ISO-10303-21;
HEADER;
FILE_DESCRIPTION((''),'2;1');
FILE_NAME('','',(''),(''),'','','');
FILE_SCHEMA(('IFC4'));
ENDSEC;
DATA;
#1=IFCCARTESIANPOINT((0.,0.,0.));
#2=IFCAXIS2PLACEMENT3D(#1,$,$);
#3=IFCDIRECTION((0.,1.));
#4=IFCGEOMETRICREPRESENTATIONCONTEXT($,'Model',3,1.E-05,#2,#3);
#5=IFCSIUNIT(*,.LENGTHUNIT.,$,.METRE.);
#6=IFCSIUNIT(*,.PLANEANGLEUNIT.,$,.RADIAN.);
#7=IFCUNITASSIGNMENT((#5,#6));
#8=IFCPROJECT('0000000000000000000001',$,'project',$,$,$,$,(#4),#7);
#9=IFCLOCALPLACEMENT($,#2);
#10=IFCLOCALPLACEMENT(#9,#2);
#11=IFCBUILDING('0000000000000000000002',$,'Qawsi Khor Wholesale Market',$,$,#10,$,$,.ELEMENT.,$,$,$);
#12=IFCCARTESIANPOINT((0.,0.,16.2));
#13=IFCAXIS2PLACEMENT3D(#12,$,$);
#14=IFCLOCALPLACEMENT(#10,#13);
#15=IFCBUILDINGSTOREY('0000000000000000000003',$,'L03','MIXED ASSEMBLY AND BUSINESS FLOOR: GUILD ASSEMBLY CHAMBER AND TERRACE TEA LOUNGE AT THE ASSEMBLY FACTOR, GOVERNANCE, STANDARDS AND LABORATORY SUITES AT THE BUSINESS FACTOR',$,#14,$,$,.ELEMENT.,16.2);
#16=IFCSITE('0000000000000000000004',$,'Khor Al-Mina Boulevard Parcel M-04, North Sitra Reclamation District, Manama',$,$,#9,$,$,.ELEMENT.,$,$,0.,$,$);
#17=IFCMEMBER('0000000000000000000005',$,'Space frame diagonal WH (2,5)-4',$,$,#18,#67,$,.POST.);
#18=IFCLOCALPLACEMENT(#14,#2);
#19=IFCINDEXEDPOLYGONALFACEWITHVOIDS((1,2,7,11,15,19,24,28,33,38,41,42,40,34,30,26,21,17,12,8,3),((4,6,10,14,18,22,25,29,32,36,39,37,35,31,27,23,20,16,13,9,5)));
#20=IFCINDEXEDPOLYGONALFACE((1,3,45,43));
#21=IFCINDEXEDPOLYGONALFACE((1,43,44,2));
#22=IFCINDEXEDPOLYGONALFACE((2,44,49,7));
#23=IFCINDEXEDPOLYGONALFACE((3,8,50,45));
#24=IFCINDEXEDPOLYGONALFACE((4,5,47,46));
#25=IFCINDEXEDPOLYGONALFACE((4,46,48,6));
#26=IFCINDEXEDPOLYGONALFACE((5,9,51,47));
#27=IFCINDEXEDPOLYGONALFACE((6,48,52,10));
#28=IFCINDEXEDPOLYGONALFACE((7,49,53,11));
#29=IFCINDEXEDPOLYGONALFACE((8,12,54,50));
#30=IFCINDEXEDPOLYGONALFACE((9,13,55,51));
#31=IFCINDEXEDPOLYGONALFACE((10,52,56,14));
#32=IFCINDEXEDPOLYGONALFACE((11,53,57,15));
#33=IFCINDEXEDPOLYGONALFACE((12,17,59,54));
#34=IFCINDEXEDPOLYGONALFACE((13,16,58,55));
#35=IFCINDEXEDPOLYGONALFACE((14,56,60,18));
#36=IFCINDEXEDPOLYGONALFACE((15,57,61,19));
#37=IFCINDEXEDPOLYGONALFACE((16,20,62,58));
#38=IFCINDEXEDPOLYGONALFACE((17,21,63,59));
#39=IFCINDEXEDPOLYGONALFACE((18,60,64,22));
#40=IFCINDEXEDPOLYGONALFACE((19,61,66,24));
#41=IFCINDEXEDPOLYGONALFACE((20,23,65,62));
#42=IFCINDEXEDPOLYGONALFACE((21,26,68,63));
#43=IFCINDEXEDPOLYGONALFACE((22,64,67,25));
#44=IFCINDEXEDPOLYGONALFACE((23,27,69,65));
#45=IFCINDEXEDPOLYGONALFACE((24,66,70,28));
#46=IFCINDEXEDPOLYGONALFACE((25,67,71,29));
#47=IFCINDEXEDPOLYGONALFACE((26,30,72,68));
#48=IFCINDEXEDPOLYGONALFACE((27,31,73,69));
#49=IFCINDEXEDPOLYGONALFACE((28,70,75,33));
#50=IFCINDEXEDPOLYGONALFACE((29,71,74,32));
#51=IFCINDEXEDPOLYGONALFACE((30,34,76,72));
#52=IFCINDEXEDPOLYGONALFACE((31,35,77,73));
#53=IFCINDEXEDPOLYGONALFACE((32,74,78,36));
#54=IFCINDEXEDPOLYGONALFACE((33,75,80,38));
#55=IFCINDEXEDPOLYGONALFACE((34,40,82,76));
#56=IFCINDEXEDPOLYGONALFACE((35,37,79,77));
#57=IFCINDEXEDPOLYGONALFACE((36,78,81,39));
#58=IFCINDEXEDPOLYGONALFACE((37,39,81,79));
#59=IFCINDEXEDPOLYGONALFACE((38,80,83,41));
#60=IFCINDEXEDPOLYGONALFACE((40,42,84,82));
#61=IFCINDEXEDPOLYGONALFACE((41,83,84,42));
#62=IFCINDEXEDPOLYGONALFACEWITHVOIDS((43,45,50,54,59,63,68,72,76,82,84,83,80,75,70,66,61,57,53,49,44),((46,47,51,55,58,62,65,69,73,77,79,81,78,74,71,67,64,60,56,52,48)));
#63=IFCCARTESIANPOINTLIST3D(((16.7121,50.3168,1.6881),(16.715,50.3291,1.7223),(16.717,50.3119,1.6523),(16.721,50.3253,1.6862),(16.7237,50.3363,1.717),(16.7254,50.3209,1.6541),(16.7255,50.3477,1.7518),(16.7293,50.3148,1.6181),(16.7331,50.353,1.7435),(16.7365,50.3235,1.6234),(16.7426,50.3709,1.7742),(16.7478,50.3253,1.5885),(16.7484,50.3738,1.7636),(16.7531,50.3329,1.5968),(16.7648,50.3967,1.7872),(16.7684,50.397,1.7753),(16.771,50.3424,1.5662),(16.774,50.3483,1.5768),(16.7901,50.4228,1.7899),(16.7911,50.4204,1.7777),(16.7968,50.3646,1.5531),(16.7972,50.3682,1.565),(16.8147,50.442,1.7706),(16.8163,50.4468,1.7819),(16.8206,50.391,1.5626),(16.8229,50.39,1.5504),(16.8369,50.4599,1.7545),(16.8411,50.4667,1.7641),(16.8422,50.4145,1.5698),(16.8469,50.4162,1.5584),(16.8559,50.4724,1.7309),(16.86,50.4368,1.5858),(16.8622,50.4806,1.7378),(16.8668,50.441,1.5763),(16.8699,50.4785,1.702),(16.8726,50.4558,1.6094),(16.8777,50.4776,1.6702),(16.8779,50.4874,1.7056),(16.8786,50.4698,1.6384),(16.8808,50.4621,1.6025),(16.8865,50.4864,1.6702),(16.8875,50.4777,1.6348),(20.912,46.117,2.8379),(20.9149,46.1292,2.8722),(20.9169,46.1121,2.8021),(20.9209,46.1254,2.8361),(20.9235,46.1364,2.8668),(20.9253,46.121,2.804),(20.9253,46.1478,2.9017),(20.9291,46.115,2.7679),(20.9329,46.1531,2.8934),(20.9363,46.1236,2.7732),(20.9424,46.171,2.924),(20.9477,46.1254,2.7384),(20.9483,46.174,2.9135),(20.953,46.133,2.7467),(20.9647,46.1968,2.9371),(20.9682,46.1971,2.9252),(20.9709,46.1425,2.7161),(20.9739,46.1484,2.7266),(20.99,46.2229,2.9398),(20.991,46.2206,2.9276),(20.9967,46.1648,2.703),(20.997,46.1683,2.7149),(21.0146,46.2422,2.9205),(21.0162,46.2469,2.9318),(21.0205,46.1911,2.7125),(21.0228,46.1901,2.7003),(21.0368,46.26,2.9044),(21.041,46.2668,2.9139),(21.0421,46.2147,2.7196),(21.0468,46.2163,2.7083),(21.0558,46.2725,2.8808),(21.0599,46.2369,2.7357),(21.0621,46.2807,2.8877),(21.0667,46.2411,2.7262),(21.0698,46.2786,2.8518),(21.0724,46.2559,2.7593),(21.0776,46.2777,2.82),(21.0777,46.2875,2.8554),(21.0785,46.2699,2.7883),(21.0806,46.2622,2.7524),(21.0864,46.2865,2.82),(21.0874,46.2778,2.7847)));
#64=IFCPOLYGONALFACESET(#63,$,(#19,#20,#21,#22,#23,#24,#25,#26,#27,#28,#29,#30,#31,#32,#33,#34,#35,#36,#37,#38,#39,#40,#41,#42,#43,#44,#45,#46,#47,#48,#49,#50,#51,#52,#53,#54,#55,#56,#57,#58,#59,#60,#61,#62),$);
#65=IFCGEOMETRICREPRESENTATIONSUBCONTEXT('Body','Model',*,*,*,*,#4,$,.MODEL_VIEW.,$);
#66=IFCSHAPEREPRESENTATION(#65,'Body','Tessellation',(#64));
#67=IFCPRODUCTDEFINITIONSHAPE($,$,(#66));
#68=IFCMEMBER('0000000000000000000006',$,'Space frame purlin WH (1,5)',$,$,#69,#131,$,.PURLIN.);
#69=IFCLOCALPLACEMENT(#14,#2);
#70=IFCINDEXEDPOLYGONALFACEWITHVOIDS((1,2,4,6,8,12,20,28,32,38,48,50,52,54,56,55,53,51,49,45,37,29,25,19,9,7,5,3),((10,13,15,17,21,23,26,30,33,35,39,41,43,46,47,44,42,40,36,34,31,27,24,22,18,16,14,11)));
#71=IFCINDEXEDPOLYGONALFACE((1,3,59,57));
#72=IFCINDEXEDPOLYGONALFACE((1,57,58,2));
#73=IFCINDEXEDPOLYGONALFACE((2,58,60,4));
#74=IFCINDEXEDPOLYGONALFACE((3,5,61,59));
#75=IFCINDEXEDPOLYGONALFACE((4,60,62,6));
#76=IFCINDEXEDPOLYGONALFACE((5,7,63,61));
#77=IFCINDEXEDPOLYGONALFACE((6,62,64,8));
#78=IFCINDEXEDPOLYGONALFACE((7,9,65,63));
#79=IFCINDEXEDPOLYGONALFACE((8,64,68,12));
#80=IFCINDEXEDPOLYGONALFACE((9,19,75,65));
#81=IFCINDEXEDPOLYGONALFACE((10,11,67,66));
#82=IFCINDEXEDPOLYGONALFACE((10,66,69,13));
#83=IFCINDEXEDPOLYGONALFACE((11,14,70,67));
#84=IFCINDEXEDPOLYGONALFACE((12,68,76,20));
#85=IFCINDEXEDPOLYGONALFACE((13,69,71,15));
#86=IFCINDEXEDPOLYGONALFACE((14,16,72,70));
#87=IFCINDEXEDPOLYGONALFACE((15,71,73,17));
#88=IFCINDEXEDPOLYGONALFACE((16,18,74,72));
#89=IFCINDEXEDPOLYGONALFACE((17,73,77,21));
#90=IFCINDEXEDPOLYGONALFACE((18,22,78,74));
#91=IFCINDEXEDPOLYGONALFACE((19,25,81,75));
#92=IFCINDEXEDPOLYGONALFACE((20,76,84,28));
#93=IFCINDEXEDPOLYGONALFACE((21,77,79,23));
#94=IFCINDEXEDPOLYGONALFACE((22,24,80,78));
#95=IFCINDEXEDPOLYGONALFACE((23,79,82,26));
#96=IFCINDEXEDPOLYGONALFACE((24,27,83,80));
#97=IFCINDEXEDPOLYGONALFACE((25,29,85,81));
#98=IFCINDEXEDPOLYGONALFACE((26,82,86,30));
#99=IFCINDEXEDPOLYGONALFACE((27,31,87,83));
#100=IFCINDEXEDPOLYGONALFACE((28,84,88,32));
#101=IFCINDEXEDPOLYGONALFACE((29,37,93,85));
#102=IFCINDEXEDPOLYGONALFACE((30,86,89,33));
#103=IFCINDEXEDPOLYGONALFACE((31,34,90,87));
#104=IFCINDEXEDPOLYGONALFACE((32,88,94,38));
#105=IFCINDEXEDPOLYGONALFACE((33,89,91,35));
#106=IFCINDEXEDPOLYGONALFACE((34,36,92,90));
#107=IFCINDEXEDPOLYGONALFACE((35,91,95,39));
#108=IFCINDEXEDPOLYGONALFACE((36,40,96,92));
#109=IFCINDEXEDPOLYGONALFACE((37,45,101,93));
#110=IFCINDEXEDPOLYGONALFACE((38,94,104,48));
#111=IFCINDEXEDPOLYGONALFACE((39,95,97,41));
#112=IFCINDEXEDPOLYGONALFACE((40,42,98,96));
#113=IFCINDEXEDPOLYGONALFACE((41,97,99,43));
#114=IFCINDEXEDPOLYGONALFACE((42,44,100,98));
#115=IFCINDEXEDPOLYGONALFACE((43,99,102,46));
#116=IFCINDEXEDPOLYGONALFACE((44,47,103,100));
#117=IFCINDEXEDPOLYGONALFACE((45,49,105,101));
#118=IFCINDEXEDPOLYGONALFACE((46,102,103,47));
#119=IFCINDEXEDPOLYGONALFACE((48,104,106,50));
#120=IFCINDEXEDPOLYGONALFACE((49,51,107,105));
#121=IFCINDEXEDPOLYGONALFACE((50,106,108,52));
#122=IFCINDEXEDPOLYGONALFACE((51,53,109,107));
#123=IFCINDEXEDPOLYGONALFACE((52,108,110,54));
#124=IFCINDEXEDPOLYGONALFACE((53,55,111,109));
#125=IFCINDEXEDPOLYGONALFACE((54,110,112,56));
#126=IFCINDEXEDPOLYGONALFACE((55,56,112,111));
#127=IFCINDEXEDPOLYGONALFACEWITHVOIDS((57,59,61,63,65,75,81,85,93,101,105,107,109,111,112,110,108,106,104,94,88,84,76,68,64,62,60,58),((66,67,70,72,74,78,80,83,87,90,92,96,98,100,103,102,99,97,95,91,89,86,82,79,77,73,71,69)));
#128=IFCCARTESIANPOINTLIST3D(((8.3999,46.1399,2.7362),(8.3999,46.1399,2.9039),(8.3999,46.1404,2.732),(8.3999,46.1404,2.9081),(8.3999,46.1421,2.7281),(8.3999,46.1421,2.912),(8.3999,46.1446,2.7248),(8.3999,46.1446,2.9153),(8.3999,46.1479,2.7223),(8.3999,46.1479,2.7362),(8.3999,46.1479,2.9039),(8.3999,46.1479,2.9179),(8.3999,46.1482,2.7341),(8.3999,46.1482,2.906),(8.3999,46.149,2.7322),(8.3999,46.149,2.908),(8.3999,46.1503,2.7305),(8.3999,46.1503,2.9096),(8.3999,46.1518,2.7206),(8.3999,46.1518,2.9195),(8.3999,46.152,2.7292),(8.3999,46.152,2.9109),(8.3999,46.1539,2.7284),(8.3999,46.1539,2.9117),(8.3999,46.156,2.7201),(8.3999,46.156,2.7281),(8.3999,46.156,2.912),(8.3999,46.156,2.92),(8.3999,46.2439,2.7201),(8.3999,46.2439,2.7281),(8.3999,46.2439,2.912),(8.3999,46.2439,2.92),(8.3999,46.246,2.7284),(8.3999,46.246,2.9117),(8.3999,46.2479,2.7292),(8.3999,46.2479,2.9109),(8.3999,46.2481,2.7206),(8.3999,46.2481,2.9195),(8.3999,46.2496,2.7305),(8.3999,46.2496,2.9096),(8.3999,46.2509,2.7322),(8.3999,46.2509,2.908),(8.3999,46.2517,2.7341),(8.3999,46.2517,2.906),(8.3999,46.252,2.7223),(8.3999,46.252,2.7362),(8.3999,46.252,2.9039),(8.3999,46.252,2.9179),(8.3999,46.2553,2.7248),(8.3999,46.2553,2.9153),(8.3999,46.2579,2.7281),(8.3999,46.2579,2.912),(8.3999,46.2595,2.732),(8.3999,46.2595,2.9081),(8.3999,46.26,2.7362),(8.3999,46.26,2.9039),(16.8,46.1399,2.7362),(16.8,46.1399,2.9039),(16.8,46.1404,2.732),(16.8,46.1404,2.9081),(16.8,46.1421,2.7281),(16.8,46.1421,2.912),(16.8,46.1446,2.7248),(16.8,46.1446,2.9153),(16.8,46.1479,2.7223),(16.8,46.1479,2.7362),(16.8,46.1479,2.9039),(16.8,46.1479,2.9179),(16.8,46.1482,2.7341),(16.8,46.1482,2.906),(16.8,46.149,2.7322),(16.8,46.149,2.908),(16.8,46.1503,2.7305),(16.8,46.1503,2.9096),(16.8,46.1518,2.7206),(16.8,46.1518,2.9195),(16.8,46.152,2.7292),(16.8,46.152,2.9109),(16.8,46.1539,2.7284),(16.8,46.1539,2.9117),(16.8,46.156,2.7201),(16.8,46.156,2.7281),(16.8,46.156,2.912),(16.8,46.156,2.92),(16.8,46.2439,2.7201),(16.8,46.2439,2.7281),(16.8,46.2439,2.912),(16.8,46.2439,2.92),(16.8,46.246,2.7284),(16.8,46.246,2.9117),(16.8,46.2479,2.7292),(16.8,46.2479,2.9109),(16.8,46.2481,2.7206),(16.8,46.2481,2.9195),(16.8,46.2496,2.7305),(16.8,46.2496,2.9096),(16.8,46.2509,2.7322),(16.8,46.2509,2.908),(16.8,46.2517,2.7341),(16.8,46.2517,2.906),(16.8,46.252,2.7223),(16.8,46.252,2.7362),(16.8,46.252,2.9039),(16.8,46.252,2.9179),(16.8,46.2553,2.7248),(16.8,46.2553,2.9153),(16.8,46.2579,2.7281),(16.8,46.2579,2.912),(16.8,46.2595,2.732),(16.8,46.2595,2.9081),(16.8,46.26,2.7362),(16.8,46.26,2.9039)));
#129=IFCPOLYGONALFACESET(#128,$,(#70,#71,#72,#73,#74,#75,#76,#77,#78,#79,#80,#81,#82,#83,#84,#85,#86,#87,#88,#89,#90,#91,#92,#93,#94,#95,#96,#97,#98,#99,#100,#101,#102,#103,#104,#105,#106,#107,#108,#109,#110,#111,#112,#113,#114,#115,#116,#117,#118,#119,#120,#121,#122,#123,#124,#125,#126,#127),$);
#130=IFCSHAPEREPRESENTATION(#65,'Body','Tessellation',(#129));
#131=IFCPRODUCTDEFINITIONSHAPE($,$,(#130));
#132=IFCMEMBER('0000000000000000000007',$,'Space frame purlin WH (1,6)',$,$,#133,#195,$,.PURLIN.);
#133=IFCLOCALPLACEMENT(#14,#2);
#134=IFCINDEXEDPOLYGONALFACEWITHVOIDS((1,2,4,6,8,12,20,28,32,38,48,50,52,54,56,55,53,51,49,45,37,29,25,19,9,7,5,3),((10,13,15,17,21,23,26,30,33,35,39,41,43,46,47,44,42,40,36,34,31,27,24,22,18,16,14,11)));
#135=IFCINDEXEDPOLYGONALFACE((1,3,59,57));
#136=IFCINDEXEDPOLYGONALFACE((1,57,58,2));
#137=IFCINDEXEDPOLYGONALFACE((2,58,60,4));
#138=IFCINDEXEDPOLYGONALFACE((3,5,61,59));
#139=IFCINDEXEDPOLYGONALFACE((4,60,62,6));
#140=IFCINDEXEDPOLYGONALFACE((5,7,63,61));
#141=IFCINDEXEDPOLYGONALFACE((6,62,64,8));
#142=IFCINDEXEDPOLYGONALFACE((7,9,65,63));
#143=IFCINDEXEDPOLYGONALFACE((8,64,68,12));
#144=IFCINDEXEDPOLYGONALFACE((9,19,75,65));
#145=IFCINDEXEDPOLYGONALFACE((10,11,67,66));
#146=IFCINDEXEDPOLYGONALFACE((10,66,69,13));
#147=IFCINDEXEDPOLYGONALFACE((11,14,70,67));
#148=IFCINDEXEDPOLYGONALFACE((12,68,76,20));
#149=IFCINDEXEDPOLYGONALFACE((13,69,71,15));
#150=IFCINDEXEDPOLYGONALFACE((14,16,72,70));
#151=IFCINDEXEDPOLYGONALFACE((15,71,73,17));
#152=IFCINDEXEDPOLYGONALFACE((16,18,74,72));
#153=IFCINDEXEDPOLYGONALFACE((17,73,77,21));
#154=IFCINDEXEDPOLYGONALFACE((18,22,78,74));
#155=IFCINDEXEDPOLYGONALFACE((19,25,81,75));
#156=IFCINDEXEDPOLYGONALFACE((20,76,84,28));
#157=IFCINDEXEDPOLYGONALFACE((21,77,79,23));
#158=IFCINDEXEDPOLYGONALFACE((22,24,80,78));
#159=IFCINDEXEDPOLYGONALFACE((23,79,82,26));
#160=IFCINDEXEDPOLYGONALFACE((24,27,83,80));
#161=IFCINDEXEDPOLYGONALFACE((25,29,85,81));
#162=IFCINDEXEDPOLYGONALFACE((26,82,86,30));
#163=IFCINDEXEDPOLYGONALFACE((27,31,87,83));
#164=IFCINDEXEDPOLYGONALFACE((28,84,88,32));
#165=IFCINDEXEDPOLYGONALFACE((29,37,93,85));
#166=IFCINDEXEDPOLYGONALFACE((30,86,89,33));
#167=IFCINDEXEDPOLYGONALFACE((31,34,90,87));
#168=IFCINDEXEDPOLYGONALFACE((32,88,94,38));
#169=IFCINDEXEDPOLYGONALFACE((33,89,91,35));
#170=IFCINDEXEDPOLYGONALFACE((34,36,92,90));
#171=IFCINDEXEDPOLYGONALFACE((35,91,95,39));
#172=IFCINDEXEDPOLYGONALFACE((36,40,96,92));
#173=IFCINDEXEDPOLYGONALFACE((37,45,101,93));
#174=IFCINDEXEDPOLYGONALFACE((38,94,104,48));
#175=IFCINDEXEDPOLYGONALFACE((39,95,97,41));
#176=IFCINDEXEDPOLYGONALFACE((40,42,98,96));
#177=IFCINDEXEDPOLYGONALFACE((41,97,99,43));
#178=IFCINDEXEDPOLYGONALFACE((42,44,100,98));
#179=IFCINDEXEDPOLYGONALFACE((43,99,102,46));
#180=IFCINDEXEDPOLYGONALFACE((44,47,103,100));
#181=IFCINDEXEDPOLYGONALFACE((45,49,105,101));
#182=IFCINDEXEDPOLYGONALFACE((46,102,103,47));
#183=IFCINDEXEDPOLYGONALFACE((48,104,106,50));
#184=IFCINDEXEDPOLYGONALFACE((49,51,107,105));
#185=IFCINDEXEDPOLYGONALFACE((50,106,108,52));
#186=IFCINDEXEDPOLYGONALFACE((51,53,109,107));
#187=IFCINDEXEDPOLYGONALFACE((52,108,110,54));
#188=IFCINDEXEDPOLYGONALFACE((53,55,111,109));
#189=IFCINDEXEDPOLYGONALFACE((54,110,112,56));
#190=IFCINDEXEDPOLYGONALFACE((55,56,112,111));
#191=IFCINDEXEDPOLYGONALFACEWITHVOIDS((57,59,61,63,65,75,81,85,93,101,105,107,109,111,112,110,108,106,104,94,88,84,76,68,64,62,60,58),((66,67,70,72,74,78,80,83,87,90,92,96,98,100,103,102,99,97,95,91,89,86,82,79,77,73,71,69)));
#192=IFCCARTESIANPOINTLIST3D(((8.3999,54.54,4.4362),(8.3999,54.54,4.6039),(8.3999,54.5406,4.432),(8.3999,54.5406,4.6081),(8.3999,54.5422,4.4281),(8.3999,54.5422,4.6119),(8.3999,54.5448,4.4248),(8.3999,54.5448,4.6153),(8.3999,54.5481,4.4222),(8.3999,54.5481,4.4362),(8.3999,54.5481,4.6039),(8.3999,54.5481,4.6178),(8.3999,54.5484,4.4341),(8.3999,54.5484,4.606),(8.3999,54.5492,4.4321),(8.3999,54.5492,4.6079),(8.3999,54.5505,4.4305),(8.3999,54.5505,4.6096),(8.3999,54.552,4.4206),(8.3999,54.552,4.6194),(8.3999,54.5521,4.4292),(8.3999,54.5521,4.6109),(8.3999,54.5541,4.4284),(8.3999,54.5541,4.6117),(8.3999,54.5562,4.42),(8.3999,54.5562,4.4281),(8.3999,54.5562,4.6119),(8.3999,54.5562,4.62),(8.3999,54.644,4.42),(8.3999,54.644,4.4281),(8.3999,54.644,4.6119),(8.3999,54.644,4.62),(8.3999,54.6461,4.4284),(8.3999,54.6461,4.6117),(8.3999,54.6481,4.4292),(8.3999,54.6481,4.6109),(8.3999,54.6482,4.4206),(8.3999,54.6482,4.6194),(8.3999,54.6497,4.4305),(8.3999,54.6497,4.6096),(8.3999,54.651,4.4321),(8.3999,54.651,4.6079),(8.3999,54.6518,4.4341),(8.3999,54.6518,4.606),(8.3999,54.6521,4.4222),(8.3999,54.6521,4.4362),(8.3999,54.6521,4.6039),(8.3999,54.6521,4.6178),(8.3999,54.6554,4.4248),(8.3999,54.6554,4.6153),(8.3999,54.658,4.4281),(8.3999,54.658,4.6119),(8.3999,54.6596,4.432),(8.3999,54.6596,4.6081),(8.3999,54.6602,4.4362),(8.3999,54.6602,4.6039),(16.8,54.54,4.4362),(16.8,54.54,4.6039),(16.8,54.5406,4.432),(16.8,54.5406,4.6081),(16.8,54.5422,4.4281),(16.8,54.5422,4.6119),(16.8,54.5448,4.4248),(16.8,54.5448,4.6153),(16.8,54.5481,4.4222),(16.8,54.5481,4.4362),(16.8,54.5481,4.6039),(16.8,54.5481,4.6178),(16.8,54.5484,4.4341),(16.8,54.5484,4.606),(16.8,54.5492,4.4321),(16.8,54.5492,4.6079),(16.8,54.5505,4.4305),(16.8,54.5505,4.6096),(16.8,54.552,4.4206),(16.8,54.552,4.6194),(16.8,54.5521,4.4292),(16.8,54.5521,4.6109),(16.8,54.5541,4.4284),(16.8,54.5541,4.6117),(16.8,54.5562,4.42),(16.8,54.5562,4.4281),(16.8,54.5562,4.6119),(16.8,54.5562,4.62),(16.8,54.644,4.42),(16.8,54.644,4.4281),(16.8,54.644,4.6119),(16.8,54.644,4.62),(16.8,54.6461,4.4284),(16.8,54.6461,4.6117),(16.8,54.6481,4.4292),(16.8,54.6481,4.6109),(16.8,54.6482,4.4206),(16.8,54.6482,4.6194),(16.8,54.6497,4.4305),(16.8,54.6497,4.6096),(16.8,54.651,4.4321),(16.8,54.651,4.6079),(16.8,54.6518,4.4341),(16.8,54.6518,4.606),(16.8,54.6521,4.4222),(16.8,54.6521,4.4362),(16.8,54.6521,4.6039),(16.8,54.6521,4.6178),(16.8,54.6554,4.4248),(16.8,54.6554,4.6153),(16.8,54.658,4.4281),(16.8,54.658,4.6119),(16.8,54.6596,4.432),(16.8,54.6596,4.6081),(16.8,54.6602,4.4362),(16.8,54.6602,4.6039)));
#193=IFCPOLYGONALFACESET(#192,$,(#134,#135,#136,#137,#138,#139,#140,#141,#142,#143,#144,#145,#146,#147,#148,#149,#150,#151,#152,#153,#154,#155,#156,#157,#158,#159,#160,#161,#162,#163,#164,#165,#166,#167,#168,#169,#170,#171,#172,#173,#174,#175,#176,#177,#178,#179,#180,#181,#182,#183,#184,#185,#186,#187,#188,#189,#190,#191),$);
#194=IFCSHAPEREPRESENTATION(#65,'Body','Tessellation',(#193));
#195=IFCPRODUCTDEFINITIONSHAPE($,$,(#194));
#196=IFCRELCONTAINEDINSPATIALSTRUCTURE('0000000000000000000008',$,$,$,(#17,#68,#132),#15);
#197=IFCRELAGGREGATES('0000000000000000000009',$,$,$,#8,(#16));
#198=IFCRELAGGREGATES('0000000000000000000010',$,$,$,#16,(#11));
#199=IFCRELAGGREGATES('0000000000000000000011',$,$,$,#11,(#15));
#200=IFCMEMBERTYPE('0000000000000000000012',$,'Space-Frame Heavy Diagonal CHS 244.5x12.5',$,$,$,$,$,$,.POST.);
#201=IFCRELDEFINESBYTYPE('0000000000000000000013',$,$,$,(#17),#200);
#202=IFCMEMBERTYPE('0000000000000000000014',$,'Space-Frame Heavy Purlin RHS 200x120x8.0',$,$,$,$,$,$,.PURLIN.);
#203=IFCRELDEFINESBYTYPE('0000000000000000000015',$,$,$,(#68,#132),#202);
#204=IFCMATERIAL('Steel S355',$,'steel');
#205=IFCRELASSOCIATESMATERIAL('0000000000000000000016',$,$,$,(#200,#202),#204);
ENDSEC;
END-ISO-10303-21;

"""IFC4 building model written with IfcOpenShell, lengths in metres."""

from ifc_helpers import new_model, si_unit, direction, frame, origin, origin_2d, place, context, subcontext, project, spatial, hollow_rectangle, hollow_circle, extrude, material, material_profile, profile_set, type_object, element, save


model = new_model("IFC4")

# Units and contexts
model_context = context("Model", 3, precision=1e-05, world=origin(), true_north=direction((0.0, 1.0)))
body_context = subcontext(model_context, "Body", "Model", "MODEL_VIEW")
ifc_project = project(units=[si_unit("LENGTHUNIT", "METRE"), si_unit("PLANEANGLEUNIT", "RADIAN")], contexts=[model_context])

# Site, building, storey
site_placement = place(None, origin())
site = spatial("IfcSite", under=ifc_project, at=site_placement, Name="Khor Al-Mina Boulevard Parcel M-04, North Sitra Reclamation District, Manama", CompositionType="ELEMENT", RefElevation=0.0)
building_placement = place(site_placement, origin())
building = spatial("IfcBuilding", under=site, at=building_placement, Name="Qawsi Khor Wholesale Market", CompositionType="ELEMENT")
storey_placement = place(building_placement, frame((0.0, 0.0, 16.2)))
storey = spatial("IfcBuildingStorey", under=building, at=storey_placement, Name="L03", Description="MIXED ASSEMBLY AND BUSINESS FLOOR: GUILD ASSEMBLY CHAMBER AND TERRACE TEA LOUNGE AT THE ASSEMBLY FACTOR, GOVERNANCE, STANDARDS AND LABORATORY SUITES AT THE BUSINESS FACTOR", CompositionType="ELEMENT", Elevation=16.2)

# Members
ifc_material_1 = material(Name="Steel S355", Category="steel")
ifc_material_profile_1 = material_profile(ifc_material_1, hollow_circle(Radius=0.1223, WallThickness=0.0125, at=origin_2d()), Name="CHS 244.5x12.5")
ifc_profile_set_1 = profile_set([ifc_material_profile_1], Name="Steel S355")
member_type_1 = type_object("IfcMemberType", Name="Space-Frame Heavy Diagonal CHS 244.5x12.5", PredefinedType="POST", material=ifc_profile_set_1)
member_1_placement = place(storey_placement, frame((16.8, 50.3999, 1.6702), z_axis=(0.694217, -0.694217, 0.190069), x_axis=(0.707107, 0.707107, 0.0)))
element("IfcMember", 1, at=member_1_placement, inside=storey, type_object=member_type_1, Name="Space frame diagonal WH (2,5)-4", PredefinedType="POST", context=body_context, shape_type="SweptSolid", body=[
    extrude(hollow_circle(Radius=0.1223, WallThickness=0.0125, at=origin_2d()), origin(), (0.0, 0.0, 1.0), 6.0498),
])
ifc_material_profile_2 = material_profile(ifc_material_1, hollow_rectangle(XDim=0.1201, YDim=0.2, WallThickness=0.0081, InnerFilletRadius=0.0081, OuterFilletRadius=0.0161, at=origin_2d()), Name="RHS 200x120x8.0")
ifc_profile_set_2 = profile_set([ifc_material_profile_2], Name="Steel S355")
member_type_2 = type_object("IfcMemberType", Name="Space-Frame Heavy Purlin RHS 200x120x8.0", PredefinedType="PURLIN", material=ifc_profile_set_2)
for number, where, z_axis, x_axis, name in (
    (2, (8.3999, 46.2, 2.8201), (1.0, 0.0, 0.0), (0.0, 1.0, 0.0), "Space frame purlin WH (1,5)"),
    (3, (8.3999, 54.6001, 4.52), (1.0, 0.0, 0.0), (0.0, 1.0, 0.0), "Space frame purlin WH (1,6)"),
):
    element("IfcMember", number, at=place(storey_placement, frame(where, z_axis=z_axis, x_axis=x_axis)), inside=storey, type_object=member_type_2, Name=name, PredefinedType="PURLIN", context=body_context, shape_type="SweptSolid", body=[
        extrude(hollow_rectangle(XDim=0.1201, YDim=0.2, WallThickness=0.0081, InnerFilletRadius=0.0081, OuterFilletRadius=0.0161, at=origin_2d()), origin(), (0.0, 0.0, 1.0), 8.4001),
    ])

save(model, "model.ifc")
